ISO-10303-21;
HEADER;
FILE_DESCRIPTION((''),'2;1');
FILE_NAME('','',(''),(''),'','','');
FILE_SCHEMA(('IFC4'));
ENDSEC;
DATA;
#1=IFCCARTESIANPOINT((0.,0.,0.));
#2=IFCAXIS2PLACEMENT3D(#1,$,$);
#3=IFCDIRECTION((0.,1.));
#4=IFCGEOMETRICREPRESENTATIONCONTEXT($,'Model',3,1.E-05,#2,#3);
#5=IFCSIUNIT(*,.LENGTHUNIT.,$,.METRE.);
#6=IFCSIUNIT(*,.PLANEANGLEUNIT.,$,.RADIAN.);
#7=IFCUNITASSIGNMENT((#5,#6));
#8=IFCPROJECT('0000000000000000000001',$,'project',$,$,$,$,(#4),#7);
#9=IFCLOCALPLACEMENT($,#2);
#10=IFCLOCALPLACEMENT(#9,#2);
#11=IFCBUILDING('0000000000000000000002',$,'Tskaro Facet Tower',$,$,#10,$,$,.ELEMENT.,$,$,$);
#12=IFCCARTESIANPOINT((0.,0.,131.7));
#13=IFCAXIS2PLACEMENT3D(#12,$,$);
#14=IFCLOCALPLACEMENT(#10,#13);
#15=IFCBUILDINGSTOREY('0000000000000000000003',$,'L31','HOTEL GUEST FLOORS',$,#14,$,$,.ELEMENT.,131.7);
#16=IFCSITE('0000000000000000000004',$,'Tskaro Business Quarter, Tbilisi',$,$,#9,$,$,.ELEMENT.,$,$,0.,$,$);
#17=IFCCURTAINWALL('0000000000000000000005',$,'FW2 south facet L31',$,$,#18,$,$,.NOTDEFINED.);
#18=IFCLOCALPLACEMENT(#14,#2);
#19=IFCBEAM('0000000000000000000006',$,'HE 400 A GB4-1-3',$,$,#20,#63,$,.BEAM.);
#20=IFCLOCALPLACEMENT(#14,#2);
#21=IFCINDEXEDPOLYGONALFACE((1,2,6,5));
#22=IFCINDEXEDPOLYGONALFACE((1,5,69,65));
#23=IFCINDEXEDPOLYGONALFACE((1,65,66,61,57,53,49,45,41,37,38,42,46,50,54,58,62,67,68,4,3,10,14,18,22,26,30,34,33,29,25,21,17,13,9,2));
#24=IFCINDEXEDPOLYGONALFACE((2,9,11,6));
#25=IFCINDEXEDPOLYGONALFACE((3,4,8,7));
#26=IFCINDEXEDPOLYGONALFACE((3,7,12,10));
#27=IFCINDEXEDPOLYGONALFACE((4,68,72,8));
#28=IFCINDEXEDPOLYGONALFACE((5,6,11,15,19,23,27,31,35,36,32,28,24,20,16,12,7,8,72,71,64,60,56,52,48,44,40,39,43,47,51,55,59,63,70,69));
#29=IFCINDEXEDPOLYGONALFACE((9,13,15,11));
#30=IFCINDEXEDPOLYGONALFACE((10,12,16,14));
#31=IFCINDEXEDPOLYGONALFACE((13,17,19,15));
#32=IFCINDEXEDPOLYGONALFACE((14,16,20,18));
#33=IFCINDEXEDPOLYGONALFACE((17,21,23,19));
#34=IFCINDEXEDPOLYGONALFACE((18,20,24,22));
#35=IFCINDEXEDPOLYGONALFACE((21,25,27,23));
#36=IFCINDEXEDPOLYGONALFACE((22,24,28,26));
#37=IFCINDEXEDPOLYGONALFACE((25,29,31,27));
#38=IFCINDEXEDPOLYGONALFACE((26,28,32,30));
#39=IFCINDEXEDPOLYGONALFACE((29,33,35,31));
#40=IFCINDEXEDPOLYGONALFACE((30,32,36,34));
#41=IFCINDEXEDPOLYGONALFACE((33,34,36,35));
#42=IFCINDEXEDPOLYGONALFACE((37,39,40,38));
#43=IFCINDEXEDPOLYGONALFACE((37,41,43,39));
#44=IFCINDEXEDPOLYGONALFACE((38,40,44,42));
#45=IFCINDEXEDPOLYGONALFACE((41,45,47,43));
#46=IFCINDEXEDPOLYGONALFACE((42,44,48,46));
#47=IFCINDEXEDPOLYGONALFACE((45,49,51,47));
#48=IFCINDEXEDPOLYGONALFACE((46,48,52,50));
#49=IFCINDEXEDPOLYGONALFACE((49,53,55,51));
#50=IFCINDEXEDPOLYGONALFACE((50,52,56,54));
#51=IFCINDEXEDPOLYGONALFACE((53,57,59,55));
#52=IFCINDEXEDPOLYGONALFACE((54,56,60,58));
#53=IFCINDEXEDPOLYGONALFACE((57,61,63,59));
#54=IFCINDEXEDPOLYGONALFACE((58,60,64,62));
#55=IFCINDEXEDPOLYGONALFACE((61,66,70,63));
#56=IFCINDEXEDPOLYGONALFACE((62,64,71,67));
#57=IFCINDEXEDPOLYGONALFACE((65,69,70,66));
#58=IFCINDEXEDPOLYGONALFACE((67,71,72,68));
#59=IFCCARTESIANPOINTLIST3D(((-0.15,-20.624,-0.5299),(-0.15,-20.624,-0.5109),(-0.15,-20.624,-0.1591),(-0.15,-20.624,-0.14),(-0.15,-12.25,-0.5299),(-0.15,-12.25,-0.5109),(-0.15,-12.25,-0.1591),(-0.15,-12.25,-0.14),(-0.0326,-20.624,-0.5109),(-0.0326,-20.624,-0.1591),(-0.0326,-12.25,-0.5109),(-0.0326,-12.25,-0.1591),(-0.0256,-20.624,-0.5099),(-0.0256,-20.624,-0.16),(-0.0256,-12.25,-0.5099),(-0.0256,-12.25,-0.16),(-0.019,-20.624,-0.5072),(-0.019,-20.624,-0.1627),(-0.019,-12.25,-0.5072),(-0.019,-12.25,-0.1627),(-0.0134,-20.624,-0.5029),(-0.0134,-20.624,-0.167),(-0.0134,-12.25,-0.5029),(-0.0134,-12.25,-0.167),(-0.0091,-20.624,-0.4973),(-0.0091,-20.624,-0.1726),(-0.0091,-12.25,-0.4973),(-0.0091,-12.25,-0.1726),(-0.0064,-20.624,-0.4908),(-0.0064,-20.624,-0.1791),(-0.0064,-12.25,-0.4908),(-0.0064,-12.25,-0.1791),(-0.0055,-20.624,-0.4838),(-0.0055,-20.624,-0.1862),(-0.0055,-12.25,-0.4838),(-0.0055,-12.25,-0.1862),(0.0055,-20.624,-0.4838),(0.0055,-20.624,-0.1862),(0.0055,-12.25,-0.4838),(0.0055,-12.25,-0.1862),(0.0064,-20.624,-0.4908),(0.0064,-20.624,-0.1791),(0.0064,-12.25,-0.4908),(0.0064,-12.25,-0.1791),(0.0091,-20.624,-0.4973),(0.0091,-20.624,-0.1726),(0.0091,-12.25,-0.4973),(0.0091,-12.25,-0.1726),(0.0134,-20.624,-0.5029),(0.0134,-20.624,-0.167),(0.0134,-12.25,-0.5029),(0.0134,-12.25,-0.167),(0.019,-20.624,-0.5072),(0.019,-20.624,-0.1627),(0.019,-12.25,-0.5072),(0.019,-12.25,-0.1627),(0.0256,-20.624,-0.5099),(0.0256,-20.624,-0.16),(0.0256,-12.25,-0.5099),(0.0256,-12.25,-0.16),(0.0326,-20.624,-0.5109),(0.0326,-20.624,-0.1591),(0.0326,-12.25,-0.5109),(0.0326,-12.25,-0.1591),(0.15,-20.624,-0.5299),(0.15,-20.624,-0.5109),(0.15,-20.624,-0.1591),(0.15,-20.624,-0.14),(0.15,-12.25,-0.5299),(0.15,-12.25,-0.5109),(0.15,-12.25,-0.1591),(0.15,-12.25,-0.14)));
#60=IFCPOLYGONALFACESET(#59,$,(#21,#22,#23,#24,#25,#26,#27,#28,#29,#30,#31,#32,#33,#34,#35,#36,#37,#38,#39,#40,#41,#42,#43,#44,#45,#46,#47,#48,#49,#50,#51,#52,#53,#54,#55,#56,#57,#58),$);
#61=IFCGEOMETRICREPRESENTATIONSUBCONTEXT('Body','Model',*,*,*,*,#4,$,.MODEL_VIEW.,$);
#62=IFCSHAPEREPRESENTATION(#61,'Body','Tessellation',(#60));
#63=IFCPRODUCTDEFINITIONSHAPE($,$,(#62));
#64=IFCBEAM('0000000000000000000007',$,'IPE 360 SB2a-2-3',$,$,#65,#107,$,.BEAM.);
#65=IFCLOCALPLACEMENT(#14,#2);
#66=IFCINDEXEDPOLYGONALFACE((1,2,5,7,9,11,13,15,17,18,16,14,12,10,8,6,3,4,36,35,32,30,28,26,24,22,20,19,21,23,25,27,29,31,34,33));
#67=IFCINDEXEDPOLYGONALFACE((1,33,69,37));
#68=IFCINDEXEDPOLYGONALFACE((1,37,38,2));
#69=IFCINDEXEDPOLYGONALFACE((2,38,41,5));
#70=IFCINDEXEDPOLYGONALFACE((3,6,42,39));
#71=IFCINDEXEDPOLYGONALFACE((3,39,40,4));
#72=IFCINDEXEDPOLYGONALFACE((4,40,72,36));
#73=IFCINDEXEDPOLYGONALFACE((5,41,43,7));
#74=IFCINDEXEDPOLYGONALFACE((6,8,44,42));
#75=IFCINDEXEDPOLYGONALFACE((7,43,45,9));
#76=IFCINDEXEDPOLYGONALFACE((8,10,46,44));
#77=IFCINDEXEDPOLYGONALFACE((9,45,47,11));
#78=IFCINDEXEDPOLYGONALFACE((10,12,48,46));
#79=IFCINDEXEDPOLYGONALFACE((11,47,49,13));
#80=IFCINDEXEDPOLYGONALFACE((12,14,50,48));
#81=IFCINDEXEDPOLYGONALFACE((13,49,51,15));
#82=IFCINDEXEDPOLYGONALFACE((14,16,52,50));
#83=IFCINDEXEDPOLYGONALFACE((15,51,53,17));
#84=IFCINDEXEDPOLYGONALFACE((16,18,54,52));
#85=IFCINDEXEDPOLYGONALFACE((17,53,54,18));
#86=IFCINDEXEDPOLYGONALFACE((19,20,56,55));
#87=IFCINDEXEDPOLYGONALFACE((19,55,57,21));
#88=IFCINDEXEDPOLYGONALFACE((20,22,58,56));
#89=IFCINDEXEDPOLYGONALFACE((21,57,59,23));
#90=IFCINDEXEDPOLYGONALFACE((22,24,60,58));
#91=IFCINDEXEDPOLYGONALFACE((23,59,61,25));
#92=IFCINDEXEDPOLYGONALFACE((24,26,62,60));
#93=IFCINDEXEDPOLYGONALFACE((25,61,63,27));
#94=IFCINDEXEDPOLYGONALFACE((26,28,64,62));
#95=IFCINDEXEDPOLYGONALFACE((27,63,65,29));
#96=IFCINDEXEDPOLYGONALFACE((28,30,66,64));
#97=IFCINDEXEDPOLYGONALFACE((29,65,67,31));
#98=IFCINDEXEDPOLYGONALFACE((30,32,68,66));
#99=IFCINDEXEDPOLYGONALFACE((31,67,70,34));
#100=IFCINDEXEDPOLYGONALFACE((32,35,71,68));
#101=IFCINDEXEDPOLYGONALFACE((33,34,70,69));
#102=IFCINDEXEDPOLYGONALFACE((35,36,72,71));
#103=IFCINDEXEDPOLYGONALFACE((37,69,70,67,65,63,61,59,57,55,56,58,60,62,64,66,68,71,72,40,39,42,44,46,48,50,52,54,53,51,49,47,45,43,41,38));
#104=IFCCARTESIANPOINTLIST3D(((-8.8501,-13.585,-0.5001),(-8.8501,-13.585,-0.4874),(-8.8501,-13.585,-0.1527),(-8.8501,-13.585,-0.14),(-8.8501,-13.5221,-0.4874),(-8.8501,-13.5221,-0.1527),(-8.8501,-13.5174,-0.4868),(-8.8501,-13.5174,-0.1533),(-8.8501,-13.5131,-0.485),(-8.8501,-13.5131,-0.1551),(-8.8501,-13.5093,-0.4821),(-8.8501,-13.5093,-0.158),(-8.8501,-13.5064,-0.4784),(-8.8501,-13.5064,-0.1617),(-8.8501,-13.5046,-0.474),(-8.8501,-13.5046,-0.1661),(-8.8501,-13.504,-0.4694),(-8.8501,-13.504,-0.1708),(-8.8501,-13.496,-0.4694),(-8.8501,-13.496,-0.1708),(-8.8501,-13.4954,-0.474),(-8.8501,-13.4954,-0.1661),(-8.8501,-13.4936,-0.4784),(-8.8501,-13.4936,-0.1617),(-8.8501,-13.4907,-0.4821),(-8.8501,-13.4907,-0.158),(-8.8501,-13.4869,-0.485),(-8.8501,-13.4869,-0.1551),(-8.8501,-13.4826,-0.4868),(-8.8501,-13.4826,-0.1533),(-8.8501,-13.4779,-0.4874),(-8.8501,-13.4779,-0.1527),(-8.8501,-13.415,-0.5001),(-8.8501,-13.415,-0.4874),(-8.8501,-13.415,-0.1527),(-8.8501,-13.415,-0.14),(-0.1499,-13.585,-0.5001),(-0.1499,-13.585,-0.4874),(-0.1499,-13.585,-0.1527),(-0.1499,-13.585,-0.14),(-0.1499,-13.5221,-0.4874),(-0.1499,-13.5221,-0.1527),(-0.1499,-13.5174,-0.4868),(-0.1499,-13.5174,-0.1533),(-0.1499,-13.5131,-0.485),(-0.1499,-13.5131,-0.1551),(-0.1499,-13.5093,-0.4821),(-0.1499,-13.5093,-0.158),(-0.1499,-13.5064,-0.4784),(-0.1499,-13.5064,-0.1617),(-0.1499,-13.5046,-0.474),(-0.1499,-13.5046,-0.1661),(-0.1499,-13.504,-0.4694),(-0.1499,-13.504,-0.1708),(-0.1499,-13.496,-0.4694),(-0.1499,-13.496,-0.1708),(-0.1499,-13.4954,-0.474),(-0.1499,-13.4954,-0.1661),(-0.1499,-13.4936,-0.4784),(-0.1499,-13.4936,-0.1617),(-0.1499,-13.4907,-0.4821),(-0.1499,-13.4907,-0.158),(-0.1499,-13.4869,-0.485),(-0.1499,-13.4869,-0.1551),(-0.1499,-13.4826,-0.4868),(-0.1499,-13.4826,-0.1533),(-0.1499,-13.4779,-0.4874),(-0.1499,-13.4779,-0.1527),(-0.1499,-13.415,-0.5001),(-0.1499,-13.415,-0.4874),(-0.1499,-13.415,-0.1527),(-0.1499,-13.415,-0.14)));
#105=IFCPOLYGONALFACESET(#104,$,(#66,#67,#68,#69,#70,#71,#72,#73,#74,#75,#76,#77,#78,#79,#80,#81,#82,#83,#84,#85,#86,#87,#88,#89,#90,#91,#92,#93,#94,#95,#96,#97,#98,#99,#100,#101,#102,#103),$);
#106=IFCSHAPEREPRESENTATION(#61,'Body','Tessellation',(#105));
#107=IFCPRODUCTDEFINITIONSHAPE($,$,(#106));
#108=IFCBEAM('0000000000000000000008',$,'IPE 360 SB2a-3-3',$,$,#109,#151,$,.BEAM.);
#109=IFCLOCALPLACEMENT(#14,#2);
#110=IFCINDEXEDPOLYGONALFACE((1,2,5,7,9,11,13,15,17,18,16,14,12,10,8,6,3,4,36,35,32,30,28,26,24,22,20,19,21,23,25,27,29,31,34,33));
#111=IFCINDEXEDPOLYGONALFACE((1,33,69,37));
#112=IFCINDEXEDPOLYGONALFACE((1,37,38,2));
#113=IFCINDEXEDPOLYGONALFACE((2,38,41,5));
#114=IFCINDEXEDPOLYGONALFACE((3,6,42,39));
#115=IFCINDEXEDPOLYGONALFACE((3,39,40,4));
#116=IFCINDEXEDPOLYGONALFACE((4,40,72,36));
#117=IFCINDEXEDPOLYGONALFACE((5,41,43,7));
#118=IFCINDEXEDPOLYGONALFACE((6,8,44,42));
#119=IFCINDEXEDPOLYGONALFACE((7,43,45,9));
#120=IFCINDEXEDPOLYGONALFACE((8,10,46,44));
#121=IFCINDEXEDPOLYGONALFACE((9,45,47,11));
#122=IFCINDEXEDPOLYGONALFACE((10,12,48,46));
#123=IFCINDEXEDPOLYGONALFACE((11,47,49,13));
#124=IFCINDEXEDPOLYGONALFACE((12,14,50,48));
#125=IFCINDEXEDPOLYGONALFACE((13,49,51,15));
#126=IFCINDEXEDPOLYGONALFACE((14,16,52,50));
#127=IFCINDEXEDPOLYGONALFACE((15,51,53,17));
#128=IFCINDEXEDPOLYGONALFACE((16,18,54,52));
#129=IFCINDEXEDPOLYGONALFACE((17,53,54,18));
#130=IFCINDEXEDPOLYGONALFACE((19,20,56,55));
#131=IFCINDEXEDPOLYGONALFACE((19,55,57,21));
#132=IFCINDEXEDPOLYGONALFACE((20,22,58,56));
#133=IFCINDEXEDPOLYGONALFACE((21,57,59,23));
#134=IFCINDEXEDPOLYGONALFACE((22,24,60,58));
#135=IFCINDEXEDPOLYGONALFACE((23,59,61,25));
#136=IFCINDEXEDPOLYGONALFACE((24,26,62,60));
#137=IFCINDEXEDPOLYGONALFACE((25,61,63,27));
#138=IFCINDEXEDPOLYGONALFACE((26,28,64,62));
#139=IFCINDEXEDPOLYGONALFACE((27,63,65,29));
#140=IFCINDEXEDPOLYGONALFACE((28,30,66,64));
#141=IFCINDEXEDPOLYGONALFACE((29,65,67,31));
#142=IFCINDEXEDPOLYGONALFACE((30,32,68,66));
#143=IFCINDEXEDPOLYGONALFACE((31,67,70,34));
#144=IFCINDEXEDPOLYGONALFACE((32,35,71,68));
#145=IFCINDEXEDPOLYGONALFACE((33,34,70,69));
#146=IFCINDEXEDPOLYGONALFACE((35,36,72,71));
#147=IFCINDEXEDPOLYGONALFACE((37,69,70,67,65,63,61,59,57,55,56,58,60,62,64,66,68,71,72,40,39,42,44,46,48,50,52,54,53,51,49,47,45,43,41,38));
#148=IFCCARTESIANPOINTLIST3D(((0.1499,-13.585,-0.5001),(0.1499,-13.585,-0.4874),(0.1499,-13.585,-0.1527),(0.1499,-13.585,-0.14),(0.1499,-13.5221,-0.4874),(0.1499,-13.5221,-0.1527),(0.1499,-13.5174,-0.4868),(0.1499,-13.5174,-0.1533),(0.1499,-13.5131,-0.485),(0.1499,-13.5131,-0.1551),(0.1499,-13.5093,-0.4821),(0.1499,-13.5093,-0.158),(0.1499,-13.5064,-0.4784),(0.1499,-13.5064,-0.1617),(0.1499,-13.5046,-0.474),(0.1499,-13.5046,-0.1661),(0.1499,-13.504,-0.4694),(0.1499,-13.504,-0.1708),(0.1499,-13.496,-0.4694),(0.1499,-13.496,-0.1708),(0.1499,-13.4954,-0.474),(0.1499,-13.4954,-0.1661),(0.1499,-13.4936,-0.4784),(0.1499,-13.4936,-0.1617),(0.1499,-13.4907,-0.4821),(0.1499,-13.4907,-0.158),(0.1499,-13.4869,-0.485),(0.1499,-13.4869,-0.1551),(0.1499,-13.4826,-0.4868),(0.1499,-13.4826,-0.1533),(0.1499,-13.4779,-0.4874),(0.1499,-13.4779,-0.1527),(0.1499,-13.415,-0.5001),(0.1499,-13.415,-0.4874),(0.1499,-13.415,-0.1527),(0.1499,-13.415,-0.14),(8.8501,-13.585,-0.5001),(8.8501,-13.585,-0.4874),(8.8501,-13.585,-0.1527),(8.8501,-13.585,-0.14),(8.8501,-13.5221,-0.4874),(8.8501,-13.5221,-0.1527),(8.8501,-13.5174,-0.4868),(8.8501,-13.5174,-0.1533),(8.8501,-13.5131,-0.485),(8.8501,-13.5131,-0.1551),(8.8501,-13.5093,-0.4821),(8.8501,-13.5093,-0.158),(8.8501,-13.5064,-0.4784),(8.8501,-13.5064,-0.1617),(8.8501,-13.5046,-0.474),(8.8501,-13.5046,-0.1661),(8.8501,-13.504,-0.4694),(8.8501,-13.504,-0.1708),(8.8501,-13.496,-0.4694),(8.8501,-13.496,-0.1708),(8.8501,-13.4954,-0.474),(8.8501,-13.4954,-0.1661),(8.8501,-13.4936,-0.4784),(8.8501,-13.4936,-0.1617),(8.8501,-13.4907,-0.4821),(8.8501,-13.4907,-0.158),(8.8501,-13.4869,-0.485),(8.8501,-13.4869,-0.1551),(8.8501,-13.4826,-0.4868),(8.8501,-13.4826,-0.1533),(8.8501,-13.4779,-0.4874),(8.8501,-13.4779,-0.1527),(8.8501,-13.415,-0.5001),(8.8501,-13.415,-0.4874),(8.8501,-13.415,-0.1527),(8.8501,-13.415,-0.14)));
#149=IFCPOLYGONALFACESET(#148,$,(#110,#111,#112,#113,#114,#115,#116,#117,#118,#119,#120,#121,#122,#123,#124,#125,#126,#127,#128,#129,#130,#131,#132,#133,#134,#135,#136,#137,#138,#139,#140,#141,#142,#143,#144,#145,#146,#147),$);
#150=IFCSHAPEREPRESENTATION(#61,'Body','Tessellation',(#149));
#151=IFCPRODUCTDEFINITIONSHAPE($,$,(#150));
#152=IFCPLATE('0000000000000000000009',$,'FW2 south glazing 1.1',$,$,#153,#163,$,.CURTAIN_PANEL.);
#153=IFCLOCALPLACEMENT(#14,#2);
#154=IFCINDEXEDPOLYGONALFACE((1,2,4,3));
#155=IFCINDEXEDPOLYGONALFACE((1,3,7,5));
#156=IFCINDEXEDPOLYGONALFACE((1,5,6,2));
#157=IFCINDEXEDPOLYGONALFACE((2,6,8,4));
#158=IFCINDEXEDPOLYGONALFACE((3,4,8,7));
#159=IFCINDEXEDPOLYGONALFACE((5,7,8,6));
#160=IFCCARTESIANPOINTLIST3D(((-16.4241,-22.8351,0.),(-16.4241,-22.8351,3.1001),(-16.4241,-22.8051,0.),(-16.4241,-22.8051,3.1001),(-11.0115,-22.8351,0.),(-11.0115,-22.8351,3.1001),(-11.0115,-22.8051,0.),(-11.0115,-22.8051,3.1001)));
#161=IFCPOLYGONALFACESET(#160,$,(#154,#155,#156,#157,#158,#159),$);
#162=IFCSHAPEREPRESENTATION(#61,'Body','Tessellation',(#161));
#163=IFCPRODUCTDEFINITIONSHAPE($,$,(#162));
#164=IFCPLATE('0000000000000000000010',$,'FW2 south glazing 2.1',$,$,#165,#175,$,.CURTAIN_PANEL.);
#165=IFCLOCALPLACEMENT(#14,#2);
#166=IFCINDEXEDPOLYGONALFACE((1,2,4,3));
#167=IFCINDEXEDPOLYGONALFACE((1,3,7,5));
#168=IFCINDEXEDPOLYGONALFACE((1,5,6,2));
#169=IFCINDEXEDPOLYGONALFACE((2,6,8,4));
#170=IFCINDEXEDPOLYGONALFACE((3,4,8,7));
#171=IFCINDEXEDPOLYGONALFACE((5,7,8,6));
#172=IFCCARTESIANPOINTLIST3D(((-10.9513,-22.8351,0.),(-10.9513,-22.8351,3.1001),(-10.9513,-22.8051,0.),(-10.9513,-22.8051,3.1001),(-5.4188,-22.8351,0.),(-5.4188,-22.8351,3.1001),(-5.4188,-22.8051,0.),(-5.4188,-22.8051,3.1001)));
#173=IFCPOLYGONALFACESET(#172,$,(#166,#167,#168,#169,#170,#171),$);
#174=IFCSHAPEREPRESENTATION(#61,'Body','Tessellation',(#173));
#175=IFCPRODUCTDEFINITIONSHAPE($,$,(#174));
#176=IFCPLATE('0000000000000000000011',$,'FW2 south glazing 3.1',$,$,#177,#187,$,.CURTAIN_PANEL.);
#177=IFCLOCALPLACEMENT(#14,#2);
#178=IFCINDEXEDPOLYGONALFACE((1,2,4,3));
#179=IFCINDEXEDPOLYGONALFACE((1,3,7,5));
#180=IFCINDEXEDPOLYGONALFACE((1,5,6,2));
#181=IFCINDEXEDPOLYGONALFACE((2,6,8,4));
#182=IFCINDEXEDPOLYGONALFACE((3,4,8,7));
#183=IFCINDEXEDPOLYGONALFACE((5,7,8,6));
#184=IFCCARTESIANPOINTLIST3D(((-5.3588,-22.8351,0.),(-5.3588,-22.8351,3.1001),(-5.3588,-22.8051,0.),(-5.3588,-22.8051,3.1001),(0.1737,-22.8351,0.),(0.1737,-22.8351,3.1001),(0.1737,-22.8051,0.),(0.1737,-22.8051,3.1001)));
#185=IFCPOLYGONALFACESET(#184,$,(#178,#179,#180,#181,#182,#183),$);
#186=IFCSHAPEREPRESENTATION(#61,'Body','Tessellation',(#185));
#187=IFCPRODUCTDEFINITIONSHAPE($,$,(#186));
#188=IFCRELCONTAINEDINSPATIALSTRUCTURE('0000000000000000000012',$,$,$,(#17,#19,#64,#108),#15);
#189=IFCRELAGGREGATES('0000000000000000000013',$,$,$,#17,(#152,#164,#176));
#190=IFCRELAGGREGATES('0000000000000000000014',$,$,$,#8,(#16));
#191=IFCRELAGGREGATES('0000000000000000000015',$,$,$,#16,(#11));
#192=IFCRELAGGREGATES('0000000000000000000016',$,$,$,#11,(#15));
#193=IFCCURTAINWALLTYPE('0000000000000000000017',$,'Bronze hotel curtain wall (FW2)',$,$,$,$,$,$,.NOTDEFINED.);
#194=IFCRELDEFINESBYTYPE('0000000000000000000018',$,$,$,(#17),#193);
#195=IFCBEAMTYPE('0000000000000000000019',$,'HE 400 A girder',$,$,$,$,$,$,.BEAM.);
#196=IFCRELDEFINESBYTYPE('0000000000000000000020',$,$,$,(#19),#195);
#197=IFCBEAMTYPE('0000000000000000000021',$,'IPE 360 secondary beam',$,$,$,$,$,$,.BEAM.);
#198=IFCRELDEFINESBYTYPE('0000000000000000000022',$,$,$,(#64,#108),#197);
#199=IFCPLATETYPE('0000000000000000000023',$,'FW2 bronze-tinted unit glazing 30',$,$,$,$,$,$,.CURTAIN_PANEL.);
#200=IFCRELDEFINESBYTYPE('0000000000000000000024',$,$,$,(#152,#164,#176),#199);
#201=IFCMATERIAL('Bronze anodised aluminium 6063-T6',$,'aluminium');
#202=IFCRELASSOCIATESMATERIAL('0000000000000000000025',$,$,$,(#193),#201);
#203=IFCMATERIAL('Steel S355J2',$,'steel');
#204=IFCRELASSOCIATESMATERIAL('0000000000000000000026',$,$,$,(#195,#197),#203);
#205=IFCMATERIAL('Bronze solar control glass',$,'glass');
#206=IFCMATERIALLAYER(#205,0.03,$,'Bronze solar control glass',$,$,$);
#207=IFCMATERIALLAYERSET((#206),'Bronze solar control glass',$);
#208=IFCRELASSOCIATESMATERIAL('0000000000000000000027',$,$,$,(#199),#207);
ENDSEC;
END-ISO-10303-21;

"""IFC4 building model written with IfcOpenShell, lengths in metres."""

from ifc_helpers import new_model, si_unit, direction, frame, origin, origin_2d, place, context, subcontext, project, spatial, rectangle, i_section, extrude, material, layer, layer_set, material_profile, profile_set, type_object, element, aggregate, save


model = new_model("IFC4")

# Units and contexts
model_context = context("Model", 3, precision=1e-05, world=origin(), true_north=direction((0.0, 1.0)))
body_context = subcontext(model_context, "Body", "Model", "MODEL_VIEW")
ifc_project = project(units=[si_unit("LENGTHUNIT", "METRE"), si_unit("PLANEANGLEUNIT", "RADIAN")], contexts=[model_context])

# Site, building, storey
site_placement = place(None, origin())
site = spatial("IfcSite", under=ifc_project, at=site_placement, Name="Tskaro Business Quarter, Tbilisi", CompositionType="ELEMENT", RefElevation=0.0)
building_placement = place(site_placement, origin())
building = spatial("IfcBuilding", under=site, at=building_placement, Name="Tskaro Facet Tower", CompositionType="ELEMENT")
storey_placement = place(building_placement, frame((0.0, 0.0, 131.7)))
storey = spatial("IfcBuildingStorey", under=building, at=storey_placement, Name="L31", Description="HOTEL GUEST FLOORS", CompositionType="ELEMENT", Elevation=131.7)

# Curtain wall
ifc_material_1 = material(Name="Bronze anodised aluminium 6063-T6", Category="aluminium")
curtain_wall_type = type_object("IfcCurtainWallType", Name="Bronze hotel curtain wall (FW2)", PredefinedType="NOTDEFINED", material=ifc_material_1)
curtain_wall_placement = place(storey_placement, origin())
curtain_wall = element("IfcCurtainWall", 1, at=curtain_wall_placement, inside=storey, type_object=curtain_wall_type, Name="FW2 south facet L31", PredefinedType="NOTDEFINED")

# Beams
ifc_material_2 = material(Name="Steel S355J2", Category="steel")
ifc_material_profile_1 = material_profile(ifc_material_2, i_section(OverallWidth=0.3, OverallDepth=0.3899, WebThickness=0.011, FlangeThickness=0.019, FilletRadius=0.0271, at=origin_2d()), Name="HE 400 A")
ifc_profile_set_1 = profile_set([ifc_material_profile_1], Name="Steel S355J2")
beam_type_1 = type_object("IfcBeamType", Name="HE 400 A girder", PredefinedType="BEAM", material=ifc_profile_set_1)
for number, where, z_axis, x_axis, name in (
    (2, (0.0, -20.624, -0.335), (0.0, 1.0, 0.0), (-1.0, 0.0, 0.0), "HE 400 A GB4-1-3"),
):
    element("IfcBeam", number, at=place(storey_placement, frame(where, z_axis=z_axis, x_axis=x_axis)), inside=storey, type_object=beam_type_1, Name=name, PredefinedType="BEAM", context=body_context, shape_type="SweptSolid", body=[
        extrude(i_section(OverallWidth=0.3, OverallDepth=0.3899, WebThickness=0.011, FlangeThickness=0.019, FilletRadius=0.0271, at=origin_2d()), origin(), (0.0, 0.0, 1.0), 8.374),
    ])
ifc_material_profile_2 = material_profile(ifc_material_2, i_section(OverallWidth=0.1699, OverallDepth=0.3601, WebThickness=0.0081, FlangeThickness=0.0127, FilletRadius=0.0181, at=origin_2d()), Name="IPE 360")
ifc_profile_set_2 = profile_set([ifc_material_profile_2], Name="Steel S355J2")
beam_type_2 = type_object("IfcBeamType", Name="IPE 360 secondary beam", PredefinedType="BEAM", material=ifc_profile_set_2)
for number, where, z_axis, x_axis, name in (
    (3, (-8.8501, -13.5, -0.3201), (1.0, 0.0, 0.0), (0.0, 1.0, 0.0), "IPE 360 SB2a-2-3"),
    (4, (0.1499, -13.5, -0.3201), (1.0, 0.0, 0.0), (0.0, 1.0, 0.0), "IPE 360 SB2a-3-3"),
):
    element("IfcBeam", number, at=place(storey_placement, frame(where, z_axis=z_axis, x_axis=x_axis)), inside=storey, type_object=beam_type_2, Name=name, PredefinedType="BEAM", context=body_context, shape_type="SweptSolid", body=[
        extrude(i_section(OverallWidth=0.1699, OverallDepth=0.3601, WebThickness=0.0081, FlangeThickness=0.0127, FilletRadius=0.0181, at=origin_2d()), origin(), (0.0, 0.0, 1.0), 8.7002),
    ])

# Plates
ifc_material_3 = material(Name="Bronze solar control glass", Category="glass")
ifc_layer_1 = layer(ifc_material_3, 0.03, Name="Bronze solar control glass")
ifc_layer_set_1 = layer_set([ifc_layer_1], Name="Bronze solar control glass")
plate_type = type_object("IfcPlateType", Name="FW2 bronze-tinted unit glazing 30", PredefinedType="CURTAIN_PANEL", material=ifc_layer_set_1)
plate_1_placement = place(storey_placement, frame((-13.7178, -22.8201, 0.0), z_axis=(0.0, 0.0, 1.0), x_axis=(1.0, 0.0, 0.0)))
plate_1 = element("IfcPlate", 5, at=plate_1_placement, type_object=plate_type, Name="FW2 south glazing 1.1", PredefinedType="CURTAIN_PANEL", context=body_context, shape_type="SweptSolid", body=[
    extrude(rectangle(XDim=5.4126, YDim=0.03, at=origin_2d()), origin(), (0.0, 0.0, 1.0), 3.1001),
])
plate_2_placement = place(storey_placement, frame((-8.1851, -22.8201, 0.0), z_axis=(0.0, 0.0, 1.0), x_axis=(1.0, 0.0, 0.0)))
plate_2 = element("IfcPlate", 6, at=plate_2_placement, type_object=plate_type, Name="FW2 south glazing 2.1", PredefinedType="CURTAIN_PANEL", context=body_context, shape_type="SweptSolid", body=[
    extrude(rectangle(XDim=5.5325, YDim=0.03, at=origin_2d()), origin(), (0.0, 0.0, 1.0), 3.1001),
])
plate_3_placement = place(storey_placement, frame((-2.5925, -22.8201, 0.0), z_axis=(0.0, 0.0, 1.0), x_axis=(1.0, 0.0, 0.0)))
plate_3 = element("IfcPlate", 7, at=plate_3_placement, type_object=plate_type, Name="FW2 south glazing 3.1", PredefinedType="CURTAIN_PANEL", context=body_context, shape_type="SweptSolid", body=[
    extrude(rectangle(XDim=5.5325, YDim=0.03, at=origin_2d()), origin(), (0.0, 0.0, 1.0), 3.1001),
])
aggregate(curtain_wall, [plate_1, plate_2, plate_3])

save(model, "model.ifc")
